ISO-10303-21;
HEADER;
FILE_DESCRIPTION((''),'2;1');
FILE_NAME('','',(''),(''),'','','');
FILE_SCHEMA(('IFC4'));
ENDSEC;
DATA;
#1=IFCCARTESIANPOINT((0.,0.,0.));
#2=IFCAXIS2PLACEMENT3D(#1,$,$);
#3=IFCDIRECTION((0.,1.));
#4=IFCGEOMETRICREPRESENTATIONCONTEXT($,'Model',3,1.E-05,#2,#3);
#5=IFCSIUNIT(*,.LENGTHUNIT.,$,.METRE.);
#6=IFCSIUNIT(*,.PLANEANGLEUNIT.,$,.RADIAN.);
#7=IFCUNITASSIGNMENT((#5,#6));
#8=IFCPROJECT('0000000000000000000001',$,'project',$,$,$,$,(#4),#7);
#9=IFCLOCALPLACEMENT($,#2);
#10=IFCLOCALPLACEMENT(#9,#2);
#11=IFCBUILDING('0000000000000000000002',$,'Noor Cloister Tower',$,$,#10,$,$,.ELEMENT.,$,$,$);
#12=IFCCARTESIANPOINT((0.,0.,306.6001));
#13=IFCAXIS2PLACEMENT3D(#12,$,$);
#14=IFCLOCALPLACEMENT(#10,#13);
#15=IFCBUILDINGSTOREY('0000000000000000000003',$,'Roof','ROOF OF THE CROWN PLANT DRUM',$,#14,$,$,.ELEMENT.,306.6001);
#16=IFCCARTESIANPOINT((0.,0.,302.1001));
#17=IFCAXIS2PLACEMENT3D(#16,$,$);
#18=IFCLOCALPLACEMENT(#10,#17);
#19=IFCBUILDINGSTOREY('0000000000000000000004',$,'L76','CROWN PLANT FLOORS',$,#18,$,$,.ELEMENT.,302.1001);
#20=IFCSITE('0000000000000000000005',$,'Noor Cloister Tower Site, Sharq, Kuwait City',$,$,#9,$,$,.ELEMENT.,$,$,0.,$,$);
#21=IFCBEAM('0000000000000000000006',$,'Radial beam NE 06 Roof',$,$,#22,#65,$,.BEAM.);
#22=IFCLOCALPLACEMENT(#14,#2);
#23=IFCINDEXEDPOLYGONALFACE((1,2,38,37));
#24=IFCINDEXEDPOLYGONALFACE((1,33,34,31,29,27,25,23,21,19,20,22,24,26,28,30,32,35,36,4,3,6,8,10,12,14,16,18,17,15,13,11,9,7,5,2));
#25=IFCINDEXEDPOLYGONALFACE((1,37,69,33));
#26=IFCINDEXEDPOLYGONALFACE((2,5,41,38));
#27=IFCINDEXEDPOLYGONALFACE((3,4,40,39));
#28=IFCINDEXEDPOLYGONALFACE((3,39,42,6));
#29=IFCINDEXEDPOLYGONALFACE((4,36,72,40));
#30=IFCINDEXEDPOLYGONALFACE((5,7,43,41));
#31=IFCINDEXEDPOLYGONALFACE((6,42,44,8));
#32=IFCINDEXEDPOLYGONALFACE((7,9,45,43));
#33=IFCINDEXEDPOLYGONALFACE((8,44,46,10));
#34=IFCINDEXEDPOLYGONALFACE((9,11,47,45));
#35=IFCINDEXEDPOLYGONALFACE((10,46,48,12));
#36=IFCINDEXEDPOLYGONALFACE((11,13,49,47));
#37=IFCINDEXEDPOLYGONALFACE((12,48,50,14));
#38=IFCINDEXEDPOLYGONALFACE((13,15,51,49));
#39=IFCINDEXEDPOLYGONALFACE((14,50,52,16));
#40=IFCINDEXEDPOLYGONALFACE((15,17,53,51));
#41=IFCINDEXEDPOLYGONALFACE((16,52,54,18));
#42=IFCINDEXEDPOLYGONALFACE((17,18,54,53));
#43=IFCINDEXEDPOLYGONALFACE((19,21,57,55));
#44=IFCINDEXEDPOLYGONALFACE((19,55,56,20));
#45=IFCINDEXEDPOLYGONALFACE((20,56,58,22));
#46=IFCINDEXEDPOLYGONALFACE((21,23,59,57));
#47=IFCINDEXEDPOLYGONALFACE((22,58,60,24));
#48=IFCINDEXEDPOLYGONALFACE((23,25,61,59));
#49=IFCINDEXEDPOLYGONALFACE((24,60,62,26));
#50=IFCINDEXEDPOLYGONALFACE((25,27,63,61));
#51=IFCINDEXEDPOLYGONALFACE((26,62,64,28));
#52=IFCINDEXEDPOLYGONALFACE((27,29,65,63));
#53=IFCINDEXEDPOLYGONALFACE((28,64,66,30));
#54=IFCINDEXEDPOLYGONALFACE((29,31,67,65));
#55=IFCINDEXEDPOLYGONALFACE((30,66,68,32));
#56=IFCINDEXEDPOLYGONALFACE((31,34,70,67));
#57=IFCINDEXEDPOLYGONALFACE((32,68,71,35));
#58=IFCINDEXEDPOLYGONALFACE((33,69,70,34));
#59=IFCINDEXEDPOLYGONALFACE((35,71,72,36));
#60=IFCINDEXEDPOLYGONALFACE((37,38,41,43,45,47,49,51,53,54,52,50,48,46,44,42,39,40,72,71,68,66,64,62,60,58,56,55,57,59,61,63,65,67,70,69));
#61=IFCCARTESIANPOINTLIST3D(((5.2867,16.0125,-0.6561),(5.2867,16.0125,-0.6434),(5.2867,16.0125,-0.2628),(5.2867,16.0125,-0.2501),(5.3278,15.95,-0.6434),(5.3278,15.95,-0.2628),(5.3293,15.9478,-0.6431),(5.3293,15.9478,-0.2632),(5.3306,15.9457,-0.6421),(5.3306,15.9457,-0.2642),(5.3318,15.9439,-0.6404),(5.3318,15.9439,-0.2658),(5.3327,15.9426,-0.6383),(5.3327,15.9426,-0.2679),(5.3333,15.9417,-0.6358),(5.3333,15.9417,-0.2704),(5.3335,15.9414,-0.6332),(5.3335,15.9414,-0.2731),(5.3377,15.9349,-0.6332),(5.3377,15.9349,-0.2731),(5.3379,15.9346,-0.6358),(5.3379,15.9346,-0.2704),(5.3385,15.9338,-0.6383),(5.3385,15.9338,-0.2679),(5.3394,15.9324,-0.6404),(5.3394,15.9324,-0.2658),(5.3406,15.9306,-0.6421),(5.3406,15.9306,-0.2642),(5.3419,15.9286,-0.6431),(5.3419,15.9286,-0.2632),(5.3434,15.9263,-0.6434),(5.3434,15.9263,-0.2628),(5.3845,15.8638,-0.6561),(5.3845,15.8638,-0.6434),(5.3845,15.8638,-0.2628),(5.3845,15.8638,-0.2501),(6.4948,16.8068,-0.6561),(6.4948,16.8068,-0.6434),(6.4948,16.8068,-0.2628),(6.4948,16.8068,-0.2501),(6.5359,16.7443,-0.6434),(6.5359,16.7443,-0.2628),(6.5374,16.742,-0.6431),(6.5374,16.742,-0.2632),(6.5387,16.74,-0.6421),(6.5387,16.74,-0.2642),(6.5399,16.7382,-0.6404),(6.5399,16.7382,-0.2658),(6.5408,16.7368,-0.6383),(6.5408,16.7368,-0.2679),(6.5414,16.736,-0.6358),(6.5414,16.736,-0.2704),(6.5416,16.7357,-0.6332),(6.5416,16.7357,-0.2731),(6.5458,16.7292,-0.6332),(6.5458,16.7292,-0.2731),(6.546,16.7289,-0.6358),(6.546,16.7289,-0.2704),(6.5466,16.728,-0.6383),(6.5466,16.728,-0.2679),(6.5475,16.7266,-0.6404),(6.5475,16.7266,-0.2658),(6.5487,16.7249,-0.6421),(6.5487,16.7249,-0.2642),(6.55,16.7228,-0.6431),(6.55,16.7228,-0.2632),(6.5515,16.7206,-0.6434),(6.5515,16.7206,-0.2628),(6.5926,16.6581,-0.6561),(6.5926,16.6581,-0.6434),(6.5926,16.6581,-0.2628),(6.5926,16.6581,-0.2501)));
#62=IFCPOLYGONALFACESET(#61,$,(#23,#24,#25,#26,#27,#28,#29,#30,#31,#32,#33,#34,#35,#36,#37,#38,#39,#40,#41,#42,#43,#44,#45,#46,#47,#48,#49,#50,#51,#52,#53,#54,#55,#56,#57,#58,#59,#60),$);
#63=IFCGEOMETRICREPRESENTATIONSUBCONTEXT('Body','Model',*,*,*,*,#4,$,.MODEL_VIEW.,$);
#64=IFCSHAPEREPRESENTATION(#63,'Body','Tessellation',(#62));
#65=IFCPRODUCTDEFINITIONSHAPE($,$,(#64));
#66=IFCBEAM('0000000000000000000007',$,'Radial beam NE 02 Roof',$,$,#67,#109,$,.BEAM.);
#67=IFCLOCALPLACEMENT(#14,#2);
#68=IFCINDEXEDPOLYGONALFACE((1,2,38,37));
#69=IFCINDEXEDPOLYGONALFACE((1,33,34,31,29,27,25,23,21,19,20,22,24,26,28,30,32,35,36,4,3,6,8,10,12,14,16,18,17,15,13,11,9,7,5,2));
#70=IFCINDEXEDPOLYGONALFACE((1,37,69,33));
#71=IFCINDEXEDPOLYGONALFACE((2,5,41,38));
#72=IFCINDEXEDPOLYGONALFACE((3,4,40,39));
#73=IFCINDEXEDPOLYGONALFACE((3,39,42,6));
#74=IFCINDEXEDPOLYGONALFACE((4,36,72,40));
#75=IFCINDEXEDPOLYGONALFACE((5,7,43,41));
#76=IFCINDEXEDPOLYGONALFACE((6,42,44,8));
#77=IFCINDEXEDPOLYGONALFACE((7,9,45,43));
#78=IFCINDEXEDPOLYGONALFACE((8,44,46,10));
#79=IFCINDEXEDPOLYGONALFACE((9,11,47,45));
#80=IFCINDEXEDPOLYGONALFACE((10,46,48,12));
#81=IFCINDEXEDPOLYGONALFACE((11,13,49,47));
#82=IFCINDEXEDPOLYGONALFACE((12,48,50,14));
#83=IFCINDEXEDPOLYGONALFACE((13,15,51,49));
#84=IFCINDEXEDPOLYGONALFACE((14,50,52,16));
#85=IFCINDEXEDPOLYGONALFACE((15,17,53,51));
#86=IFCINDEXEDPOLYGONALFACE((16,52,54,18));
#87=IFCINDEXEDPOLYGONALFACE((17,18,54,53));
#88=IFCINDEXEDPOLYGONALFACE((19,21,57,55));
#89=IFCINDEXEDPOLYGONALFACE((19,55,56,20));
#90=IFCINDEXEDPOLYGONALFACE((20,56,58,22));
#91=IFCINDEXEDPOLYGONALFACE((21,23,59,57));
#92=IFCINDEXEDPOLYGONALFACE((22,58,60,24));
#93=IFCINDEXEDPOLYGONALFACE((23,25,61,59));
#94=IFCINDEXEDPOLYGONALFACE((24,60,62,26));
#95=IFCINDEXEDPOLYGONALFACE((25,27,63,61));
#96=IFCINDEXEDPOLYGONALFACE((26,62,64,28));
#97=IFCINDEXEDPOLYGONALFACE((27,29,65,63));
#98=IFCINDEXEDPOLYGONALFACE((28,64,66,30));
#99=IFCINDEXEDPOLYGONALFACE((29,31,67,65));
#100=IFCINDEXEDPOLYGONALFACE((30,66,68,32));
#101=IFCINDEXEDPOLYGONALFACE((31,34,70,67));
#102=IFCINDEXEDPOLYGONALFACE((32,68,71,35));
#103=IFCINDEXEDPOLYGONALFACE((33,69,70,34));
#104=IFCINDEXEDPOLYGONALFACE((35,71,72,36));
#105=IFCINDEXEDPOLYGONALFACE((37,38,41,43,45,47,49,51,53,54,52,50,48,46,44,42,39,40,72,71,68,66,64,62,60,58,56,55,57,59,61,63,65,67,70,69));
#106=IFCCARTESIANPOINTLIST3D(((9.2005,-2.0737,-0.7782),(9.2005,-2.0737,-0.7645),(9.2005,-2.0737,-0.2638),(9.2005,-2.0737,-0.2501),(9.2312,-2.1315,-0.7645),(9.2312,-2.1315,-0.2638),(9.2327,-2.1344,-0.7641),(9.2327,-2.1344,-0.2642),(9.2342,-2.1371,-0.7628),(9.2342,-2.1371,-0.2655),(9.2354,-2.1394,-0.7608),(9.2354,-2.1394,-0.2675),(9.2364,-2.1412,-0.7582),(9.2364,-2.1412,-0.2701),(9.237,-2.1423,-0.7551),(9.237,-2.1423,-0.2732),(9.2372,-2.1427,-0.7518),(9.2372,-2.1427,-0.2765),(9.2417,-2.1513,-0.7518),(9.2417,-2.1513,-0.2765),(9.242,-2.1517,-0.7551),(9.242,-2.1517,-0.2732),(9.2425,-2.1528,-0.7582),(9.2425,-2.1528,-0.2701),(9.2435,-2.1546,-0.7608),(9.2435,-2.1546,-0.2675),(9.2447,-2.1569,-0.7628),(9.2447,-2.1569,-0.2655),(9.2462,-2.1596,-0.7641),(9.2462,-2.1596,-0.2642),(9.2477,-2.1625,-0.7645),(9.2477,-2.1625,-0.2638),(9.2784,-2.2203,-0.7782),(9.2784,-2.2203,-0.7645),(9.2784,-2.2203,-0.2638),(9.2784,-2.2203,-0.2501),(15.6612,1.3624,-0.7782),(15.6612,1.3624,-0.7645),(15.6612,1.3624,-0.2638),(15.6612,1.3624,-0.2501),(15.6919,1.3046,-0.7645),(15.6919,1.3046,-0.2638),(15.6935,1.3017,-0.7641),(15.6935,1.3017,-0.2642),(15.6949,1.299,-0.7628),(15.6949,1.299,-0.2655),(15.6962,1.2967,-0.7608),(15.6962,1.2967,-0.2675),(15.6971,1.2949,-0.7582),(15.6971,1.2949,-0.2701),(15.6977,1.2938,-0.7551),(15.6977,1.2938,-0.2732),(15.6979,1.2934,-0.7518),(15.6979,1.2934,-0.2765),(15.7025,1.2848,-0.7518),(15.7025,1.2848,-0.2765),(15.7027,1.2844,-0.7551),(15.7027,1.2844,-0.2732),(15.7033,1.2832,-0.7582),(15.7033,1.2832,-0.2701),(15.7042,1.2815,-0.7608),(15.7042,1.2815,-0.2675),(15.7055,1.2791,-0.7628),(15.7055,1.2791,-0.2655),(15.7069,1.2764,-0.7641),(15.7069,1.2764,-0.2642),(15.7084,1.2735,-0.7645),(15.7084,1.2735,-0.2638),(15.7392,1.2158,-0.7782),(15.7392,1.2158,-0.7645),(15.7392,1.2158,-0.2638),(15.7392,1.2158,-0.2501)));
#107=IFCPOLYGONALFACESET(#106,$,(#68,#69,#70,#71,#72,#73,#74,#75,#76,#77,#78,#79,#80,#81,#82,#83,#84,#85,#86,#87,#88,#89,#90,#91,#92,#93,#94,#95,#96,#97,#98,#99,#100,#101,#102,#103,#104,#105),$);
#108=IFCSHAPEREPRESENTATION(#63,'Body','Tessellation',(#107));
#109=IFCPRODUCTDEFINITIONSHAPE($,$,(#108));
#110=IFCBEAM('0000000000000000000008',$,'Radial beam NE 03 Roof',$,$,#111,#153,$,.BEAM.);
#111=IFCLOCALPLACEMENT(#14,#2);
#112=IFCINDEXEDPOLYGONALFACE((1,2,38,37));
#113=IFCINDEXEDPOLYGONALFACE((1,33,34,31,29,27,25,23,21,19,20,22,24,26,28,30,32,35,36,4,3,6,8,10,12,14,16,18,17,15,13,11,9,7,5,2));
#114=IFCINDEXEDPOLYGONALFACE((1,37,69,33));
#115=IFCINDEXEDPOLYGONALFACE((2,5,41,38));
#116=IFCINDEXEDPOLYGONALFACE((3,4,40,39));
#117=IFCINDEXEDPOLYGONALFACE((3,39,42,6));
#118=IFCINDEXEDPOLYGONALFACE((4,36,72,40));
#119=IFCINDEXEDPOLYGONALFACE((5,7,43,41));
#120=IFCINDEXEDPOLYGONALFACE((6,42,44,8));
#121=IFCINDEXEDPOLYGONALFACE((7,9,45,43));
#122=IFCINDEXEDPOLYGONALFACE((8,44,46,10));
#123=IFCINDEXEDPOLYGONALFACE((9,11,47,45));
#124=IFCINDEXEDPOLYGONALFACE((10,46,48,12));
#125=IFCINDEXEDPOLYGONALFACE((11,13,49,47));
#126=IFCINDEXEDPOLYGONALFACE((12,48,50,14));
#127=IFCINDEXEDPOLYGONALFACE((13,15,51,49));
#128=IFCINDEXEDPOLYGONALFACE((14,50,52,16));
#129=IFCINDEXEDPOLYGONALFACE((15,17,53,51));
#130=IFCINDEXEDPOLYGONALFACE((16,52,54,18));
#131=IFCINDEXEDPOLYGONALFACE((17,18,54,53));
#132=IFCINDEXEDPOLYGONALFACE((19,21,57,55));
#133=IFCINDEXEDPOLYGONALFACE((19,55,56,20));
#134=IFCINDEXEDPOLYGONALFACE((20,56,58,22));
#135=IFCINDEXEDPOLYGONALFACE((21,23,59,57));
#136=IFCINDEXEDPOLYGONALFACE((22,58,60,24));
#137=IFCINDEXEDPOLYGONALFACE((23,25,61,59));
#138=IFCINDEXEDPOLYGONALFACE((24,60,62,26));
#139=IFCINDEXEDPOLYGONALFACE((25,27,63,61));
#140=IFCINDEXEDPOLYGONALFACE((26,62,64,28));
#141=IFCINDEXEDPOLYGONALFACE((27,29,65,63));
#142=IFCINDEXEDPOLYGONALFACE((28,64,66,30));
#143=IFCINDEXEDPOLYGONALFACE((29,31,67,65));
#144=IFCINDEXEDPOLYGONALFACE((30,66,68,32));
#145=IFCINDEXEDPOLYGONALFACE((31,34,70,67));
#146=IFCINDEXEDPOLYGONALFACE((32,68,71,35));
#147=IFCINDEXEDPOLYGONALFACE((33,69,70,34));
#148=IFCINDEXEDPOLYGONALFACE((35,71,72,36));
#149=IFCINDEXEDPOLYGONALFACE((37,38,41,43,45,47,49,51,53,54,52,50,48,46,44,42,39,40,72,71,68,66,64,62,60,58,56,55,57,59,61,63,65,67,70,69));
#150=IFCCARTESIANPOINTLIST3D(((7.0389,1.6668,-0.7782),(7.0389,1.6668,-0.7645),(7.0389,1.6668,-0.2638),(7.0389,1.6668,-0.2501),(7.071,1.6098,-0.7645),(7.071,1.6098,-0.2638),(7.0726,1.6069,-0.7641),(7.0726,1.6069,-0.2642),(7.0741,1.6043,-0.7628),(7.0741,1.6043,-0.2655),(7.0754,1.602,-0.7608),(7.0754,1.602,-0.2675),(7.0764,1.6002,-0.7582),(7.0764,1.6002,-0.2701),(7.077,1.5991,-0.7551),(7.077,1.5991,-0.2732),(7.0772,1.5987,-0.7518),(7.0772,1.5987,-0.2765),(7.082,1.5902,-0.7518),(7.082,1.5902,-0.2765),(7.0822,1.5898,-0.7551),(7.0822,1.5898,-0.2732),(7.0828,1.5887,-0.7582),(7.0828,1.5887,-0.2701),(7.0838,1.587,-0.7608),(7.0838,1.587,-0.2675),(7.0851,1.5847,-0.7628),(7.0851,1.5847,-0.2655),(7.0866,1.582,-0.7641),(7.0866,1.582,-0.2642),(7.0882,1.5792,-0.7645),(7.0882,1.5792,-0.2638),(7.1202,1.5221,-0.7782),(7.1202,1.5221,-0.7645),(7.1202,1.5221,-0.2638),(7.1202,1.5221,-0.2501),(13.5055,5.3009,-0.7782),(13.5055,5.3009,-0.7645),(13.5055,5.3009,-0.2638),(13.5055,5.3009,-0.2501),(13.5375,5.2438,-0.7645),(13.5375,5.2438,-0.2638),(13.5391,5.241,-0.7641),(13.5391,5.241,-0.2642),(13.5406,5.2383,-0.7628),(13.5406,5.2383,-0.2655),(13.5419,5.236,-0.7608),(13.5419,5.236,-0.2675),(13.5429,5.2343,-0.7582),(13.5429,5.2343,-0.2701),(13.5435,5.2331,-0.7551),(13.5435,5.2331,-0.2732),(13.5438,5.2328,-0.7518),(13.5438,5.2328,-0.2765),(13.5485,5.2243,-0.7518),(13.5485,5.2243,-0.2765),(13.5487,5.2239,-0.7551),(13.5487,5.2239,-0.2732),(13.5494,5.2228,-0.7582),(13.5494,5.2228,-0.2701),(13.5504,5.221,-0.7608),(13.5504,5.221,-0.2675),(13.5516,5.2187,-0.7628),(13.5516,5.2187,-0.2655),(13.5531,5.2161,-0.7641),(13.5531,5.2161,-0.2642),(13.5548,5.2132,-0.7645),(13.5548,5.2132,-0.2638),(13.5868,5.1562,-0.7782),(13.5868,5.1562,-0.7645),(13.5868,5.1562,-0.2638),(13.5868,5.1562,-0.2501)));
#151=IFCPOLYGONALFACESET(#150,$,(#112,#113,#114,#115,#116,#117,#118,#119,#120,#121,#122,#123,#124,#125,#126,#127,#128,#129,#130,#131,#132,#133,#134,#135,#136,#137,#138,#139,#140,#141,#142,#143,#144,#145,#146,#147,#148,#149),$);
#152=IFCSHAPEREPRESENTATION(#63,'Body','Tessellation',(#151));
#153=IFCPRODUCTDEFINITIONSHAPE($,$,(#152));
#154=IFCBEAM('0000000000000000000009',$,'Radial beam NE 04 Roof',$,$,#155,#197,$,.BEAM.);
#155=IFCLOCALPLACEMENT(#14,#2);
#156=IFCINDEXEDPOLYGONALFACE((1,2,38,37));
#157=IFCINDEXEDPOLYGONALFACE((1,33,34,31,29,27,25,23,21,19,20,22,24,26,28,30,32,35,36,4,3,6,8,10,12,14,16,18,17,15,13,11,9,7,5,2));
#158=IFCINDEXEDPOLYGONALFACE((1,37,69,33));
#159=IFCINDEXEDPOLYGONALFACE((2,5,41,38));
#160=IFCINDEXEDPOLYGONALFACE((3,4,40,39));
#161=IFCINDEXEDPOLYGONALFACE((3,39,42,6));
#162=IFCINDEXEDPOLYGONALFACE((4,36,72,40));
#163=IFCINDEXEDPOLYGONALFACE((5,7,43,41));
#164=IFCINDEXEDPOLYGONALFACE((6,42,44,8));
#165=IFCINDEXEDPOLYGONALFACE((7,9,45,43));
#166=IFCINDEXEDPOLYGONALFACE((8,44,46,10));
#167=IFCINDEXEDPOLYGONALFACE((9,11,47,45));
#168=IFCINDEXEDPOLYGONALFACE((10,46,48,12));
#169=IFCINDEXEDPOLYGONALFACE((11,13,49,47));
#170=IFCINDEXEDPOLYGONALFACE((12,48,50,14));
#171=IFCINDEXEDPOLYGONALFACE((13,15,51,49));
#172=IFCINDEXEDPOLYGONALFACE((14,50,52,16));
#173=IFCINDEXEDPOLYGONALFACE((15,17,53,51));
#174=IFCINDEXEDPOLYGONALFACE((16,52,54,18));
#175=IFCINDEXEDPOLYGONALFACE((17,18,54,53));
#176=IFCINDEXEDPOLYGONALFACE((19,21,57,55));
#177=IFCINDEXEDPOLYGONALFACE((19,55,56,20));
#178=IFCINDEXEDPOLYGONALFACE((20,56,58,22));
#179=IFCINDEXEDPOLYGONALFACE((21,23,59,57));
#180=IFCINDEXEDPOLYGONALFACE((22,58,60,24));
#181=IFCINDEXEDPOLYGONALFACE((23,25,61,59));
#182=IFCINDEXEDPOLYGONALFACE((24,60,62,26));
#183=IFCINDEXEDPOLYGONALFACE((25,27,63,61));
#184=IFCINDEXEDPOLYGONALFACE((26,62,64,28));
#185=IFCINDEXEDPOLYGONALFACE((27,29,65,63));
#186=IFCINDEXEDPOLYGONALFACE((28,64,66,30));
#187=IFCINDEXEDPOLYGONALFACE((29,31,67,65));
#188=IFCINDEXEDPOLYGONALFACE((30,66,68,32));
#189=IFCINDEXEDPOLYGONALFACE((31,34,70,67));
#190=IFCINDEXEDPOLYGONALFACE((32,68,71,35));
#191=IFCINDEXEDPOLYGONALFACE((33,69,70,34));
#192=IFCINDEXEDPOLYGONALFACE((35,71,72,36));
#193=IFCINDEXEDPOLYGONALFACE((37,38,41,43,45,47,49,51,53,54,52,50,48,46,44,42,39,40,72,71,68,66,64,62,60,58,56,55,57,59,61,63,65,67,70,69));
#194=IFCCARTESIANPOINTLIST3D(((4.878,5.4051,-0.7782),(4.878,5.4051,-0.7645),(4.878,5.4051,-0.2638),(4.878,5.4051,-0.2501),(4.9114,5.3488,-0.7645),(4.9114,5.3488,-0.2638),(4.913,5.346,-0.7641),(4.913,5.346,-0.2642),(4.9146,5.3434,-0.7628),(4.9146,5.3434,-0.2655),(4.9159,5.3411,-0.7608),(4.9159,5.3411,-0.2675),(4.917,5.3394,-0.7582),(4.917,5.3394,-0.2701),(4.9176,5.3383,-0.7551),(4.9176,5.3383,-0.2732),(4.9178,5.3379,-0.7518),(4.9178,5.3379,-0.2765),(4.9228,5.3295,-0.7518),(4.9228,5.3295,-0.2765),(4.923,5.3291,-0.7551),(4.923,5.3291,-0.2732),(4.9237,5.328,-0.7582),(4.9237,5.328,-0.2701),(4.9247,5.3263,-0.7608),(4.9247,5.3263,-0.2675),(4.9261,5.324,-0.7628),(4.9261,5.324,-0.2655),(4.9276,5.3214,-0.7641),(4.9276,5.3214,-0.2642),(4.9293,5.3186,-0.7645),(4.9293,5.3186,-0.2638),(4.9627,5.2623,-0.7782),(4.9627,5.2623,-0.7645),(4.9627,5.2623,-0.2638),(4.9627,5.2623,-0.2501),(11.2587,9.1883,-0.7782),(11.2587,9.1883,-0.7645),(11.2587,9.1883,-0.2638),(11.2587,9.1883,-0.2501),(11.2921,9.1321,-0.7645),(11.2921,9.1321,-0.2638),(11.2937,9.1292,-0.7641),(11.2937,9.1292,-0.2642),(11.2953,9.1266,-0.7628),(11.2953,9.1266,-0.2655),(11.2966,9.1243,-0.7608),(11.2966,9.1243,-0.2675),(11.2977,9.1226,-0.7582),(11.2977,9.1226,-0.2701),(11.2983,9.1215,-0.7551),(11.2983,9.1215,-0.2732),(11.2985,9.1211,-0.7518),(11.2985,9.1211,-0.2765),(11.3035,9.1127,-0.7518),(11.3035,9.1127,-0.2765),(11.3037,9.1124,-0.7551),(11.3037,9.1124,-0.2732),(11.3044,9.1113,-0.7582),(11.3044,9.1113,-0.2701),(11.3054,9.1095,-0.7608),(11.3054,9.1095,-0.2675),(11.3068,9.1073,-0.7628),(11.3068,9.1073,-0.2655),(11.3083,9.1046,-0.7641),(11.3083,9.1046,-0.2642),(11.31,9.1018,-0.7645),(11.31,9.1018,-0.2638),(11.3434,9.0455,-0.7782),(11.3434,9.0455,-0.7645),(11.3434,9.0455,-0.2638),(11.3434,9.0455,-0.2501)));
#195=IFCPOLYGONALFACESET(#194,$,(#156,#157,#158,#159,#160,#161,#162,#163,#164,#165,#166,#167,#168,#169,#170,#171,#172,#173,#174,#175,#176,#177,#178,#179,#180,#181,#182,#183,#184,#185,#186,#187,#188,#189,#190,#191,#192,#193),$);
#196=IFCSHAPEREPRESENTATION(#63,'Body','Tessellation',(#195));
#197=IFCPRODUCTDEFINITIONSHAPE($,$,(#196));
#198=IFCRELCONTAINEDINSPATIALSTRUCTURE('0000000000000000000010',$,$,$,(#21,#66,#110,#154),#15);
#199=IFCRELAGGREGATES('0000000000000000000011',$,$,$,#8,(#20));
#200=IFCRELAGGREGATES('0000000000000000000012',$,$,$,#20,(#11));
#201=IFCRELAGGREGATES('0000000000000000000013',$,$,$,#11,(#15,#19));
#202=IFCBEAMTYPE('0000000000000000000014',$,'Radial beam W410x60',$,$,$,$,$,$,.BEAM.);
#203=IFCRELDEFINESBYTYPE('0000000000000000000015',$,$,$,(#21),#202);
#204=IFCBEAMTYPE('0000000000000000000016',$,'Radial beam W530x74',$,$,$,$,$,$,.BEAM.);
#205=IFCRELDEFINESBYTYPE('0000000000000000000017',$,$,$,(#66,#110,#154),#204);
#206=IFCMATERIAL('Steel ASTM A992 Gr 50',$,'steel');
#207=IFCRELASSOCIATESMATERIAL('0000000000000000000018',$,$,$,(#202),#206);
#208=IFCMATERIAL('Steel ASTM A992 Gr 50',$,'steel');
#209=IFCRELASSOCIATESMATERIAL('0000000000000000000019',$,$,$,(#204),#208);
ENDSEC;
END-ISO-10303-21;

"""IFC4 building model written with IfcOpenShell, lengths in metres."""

from ifc_helpers import new_model, si_unit, direction, frame, origin, origin_2d, place, context, subcontext, project, spatial, i_section, extrude, material, material_profile, profile_set, type_object, element, save


model = new_model("IFC4")

# Units and contexts
model_context = context("Model", 3, precision=1e-05, world=origin(), true_north=direction((0.0, 1.0)))
body_context = subcontext(model_context, "Body", "Model", "MODEL_VIEW")
ifc_project = project(units=[si_unit("LENGTHUNIT", "METRE"), si_unit("PLANEANGLEUNIT", "RADIAN")], contexts=[model_context])

# Site, building, storey
site_placement = place(None, origin())
site = spatial("IfcSite", under=ifc_project, at=site_placement, Name="Noor Cloister Tower Site, Sharq, Kuwait City", CompositionType="ELEMENT", RefElevation=0.0)
building_placement = place(site_placement, origin())
building = spatial("IfcBuilding", under=site, at=building_placement, Name="Noor Cloister Tower", CompositionType="ELEMENT")
storey_1_placement = place(building_placement, frame((0.0, 0.0, 306.6001)))
storey_1 = spatial("IfcBuildingStorey", under=building, at=storey_1_placement, Name="Roof", Description="ROOF OF THE CROWN PLANT DRUM", CompositionType="ELEMENT", Elevation=306.6001)

# Beams
ifc_material_1 = material(Name="Steel ASTM A992 Gr 50", Category="steel")
ifc_material_profile_1 = material_profile(ifc_material_1, i_section(OverallWidth=0.178, OverallDepth=0.406, WebThickness=0.0078, FlangeThickness=0.0127, FilletRadius=0.0103, at=origin_2d()), Name="W410x60")
ifc_profile_set_1 = profile_set([ifc_material_profile_1], Name="Steel ASTM A992 Gr 50")
beam_type_1 = type_object("IfcBeamType", Name="Radial beam W410x60", PredefinedType="BEAM", material=ifc_profile_set_1)
beam_1_placement = place(storey_1_placement, frame((6.5437, 16.7324, -0.4531), z_axis=(-0.835593, -0.54935, 0.0), x_axis=(0.54935, -0.835593, 0.0)))
element("IfcBeam", 1, at=beam_1_placement, inside=storey_1, type_object=beam_type_1, Name="Radial beam NE 06 Roof", PredefinedType="BEAM", context=body_context, shape_type="SweptSolid", body=[
    extrude(i_section(OverallWidth=0.178, OverallDepth=0.406, WebThickness=0.0078, FlangeThickness=0.0127, FilletRadius=0.0103, at=origin_2d()), origin(), (0.0, 0.0, 1.0), 1.4458),
])
ifc_material_2 = material(Name="Steel ASTM A992 Gr 50", Category="steel")
ifc_material_profile_2 = material_profile(ifc_material_2, i_section(OverallWidth=0.166, OverallDepth=0.5281, WebThickness=0.0098, FlangeThickness=0.0137, FilletRadius=0.0127, at=origin_2d()), Name="W530x74")
ifc_profile_set_2 = profile_set([ifc_material_profile_2], Name="Steel ASTM A992 Gr 50")
beam_type_2 = type_object("IfcBeamType", Name="Radial beam W530x74", PredefinedType="BEAM", material=ifc_profile_set_2)
beam_2_placement = place(storey_1_placement, frame((15.7002, 1.2891, -0.5142), z_axis=(-0.882901, -0.469559, 0.0), x_axis=(0.469559, -0.882901, 0.0)))
element("IfcBeam", 2, at=beam_2_placement, inside=storey_1, type_object=beam_type_2, Name="Radial beam NE 02 Roof", PredefinedType="BEAM", context=body_context, shape_type="SweptSolid", body=[
    extrude(i_section(OverallWidth=0.166, OverallDepth=0.5281, WebThickness=0.0098, FlangeThickness=0.0137, FilletRadius=0.0127, at=origin_2d()), origin(), (0.0, 0.0, 1.0), 7.3176),
])
beam_3_placement = place(storey_1_placement, frame((13.5461, 5.2285, -0.5142), z_axis=(-0.871771, -0.489913, 0.0), x_axis=(0.489913, -0.871771, 0.0)))
element("IfcBeam", 3, at=beam_3_placement, inside=storey_1, type_object=beam_type_2, Name="Radial beam NE 03 Roof", PredefinedType="BEAM", context=body_context, shape_type="SweptSolid", body=[
    extrude(i_section(OverallWidth=0.166, OverallDepth=0.5281, WebThickness=0.0098, FlangeThickness=0.0137, FilletRadius=0.0127, at=origin_2d()), origin(), (0.0, 0.0, 1.0), 7.4177),
])
beam_4_placement = place(storey_1_placement, frame((11.301, 9.1169, -0.5142), z_axis=(-0.860167, -0.510012, 0.0), x_axis=(0.510012, -0.860167, 0.0)))
element("IfcBeam", 4, at=beam_4_placement, inside=storey_1, type_object=beam_type_2, Name="Radial beam NE 04 Roof", PredefinedType="BEAM", context=body_context, shape_type="SweptSolid", body=[
    extrude(i_section(OverallWidth=0.166, OverallDepth=0.5281, WebThickness=0.0098, FlangeThickness=0.0137, FilletRadius=0.0127, at=origin_2d()), origin(), (0.0, 0.0, 1.0), 7.418),
])

# Shared definitions
storey_2_placement = place(building_placement, frame((0.0, 0.0, 302.1001)))
storey_2 = spatial("IfcBuildingStorey", under=building, at=storey_2_placement, Name="L76", Description="CROWN PLANT FLOORS", CompositionType="ELEMENT", Elevation=302.1001)

save(model, "model.ifc")
